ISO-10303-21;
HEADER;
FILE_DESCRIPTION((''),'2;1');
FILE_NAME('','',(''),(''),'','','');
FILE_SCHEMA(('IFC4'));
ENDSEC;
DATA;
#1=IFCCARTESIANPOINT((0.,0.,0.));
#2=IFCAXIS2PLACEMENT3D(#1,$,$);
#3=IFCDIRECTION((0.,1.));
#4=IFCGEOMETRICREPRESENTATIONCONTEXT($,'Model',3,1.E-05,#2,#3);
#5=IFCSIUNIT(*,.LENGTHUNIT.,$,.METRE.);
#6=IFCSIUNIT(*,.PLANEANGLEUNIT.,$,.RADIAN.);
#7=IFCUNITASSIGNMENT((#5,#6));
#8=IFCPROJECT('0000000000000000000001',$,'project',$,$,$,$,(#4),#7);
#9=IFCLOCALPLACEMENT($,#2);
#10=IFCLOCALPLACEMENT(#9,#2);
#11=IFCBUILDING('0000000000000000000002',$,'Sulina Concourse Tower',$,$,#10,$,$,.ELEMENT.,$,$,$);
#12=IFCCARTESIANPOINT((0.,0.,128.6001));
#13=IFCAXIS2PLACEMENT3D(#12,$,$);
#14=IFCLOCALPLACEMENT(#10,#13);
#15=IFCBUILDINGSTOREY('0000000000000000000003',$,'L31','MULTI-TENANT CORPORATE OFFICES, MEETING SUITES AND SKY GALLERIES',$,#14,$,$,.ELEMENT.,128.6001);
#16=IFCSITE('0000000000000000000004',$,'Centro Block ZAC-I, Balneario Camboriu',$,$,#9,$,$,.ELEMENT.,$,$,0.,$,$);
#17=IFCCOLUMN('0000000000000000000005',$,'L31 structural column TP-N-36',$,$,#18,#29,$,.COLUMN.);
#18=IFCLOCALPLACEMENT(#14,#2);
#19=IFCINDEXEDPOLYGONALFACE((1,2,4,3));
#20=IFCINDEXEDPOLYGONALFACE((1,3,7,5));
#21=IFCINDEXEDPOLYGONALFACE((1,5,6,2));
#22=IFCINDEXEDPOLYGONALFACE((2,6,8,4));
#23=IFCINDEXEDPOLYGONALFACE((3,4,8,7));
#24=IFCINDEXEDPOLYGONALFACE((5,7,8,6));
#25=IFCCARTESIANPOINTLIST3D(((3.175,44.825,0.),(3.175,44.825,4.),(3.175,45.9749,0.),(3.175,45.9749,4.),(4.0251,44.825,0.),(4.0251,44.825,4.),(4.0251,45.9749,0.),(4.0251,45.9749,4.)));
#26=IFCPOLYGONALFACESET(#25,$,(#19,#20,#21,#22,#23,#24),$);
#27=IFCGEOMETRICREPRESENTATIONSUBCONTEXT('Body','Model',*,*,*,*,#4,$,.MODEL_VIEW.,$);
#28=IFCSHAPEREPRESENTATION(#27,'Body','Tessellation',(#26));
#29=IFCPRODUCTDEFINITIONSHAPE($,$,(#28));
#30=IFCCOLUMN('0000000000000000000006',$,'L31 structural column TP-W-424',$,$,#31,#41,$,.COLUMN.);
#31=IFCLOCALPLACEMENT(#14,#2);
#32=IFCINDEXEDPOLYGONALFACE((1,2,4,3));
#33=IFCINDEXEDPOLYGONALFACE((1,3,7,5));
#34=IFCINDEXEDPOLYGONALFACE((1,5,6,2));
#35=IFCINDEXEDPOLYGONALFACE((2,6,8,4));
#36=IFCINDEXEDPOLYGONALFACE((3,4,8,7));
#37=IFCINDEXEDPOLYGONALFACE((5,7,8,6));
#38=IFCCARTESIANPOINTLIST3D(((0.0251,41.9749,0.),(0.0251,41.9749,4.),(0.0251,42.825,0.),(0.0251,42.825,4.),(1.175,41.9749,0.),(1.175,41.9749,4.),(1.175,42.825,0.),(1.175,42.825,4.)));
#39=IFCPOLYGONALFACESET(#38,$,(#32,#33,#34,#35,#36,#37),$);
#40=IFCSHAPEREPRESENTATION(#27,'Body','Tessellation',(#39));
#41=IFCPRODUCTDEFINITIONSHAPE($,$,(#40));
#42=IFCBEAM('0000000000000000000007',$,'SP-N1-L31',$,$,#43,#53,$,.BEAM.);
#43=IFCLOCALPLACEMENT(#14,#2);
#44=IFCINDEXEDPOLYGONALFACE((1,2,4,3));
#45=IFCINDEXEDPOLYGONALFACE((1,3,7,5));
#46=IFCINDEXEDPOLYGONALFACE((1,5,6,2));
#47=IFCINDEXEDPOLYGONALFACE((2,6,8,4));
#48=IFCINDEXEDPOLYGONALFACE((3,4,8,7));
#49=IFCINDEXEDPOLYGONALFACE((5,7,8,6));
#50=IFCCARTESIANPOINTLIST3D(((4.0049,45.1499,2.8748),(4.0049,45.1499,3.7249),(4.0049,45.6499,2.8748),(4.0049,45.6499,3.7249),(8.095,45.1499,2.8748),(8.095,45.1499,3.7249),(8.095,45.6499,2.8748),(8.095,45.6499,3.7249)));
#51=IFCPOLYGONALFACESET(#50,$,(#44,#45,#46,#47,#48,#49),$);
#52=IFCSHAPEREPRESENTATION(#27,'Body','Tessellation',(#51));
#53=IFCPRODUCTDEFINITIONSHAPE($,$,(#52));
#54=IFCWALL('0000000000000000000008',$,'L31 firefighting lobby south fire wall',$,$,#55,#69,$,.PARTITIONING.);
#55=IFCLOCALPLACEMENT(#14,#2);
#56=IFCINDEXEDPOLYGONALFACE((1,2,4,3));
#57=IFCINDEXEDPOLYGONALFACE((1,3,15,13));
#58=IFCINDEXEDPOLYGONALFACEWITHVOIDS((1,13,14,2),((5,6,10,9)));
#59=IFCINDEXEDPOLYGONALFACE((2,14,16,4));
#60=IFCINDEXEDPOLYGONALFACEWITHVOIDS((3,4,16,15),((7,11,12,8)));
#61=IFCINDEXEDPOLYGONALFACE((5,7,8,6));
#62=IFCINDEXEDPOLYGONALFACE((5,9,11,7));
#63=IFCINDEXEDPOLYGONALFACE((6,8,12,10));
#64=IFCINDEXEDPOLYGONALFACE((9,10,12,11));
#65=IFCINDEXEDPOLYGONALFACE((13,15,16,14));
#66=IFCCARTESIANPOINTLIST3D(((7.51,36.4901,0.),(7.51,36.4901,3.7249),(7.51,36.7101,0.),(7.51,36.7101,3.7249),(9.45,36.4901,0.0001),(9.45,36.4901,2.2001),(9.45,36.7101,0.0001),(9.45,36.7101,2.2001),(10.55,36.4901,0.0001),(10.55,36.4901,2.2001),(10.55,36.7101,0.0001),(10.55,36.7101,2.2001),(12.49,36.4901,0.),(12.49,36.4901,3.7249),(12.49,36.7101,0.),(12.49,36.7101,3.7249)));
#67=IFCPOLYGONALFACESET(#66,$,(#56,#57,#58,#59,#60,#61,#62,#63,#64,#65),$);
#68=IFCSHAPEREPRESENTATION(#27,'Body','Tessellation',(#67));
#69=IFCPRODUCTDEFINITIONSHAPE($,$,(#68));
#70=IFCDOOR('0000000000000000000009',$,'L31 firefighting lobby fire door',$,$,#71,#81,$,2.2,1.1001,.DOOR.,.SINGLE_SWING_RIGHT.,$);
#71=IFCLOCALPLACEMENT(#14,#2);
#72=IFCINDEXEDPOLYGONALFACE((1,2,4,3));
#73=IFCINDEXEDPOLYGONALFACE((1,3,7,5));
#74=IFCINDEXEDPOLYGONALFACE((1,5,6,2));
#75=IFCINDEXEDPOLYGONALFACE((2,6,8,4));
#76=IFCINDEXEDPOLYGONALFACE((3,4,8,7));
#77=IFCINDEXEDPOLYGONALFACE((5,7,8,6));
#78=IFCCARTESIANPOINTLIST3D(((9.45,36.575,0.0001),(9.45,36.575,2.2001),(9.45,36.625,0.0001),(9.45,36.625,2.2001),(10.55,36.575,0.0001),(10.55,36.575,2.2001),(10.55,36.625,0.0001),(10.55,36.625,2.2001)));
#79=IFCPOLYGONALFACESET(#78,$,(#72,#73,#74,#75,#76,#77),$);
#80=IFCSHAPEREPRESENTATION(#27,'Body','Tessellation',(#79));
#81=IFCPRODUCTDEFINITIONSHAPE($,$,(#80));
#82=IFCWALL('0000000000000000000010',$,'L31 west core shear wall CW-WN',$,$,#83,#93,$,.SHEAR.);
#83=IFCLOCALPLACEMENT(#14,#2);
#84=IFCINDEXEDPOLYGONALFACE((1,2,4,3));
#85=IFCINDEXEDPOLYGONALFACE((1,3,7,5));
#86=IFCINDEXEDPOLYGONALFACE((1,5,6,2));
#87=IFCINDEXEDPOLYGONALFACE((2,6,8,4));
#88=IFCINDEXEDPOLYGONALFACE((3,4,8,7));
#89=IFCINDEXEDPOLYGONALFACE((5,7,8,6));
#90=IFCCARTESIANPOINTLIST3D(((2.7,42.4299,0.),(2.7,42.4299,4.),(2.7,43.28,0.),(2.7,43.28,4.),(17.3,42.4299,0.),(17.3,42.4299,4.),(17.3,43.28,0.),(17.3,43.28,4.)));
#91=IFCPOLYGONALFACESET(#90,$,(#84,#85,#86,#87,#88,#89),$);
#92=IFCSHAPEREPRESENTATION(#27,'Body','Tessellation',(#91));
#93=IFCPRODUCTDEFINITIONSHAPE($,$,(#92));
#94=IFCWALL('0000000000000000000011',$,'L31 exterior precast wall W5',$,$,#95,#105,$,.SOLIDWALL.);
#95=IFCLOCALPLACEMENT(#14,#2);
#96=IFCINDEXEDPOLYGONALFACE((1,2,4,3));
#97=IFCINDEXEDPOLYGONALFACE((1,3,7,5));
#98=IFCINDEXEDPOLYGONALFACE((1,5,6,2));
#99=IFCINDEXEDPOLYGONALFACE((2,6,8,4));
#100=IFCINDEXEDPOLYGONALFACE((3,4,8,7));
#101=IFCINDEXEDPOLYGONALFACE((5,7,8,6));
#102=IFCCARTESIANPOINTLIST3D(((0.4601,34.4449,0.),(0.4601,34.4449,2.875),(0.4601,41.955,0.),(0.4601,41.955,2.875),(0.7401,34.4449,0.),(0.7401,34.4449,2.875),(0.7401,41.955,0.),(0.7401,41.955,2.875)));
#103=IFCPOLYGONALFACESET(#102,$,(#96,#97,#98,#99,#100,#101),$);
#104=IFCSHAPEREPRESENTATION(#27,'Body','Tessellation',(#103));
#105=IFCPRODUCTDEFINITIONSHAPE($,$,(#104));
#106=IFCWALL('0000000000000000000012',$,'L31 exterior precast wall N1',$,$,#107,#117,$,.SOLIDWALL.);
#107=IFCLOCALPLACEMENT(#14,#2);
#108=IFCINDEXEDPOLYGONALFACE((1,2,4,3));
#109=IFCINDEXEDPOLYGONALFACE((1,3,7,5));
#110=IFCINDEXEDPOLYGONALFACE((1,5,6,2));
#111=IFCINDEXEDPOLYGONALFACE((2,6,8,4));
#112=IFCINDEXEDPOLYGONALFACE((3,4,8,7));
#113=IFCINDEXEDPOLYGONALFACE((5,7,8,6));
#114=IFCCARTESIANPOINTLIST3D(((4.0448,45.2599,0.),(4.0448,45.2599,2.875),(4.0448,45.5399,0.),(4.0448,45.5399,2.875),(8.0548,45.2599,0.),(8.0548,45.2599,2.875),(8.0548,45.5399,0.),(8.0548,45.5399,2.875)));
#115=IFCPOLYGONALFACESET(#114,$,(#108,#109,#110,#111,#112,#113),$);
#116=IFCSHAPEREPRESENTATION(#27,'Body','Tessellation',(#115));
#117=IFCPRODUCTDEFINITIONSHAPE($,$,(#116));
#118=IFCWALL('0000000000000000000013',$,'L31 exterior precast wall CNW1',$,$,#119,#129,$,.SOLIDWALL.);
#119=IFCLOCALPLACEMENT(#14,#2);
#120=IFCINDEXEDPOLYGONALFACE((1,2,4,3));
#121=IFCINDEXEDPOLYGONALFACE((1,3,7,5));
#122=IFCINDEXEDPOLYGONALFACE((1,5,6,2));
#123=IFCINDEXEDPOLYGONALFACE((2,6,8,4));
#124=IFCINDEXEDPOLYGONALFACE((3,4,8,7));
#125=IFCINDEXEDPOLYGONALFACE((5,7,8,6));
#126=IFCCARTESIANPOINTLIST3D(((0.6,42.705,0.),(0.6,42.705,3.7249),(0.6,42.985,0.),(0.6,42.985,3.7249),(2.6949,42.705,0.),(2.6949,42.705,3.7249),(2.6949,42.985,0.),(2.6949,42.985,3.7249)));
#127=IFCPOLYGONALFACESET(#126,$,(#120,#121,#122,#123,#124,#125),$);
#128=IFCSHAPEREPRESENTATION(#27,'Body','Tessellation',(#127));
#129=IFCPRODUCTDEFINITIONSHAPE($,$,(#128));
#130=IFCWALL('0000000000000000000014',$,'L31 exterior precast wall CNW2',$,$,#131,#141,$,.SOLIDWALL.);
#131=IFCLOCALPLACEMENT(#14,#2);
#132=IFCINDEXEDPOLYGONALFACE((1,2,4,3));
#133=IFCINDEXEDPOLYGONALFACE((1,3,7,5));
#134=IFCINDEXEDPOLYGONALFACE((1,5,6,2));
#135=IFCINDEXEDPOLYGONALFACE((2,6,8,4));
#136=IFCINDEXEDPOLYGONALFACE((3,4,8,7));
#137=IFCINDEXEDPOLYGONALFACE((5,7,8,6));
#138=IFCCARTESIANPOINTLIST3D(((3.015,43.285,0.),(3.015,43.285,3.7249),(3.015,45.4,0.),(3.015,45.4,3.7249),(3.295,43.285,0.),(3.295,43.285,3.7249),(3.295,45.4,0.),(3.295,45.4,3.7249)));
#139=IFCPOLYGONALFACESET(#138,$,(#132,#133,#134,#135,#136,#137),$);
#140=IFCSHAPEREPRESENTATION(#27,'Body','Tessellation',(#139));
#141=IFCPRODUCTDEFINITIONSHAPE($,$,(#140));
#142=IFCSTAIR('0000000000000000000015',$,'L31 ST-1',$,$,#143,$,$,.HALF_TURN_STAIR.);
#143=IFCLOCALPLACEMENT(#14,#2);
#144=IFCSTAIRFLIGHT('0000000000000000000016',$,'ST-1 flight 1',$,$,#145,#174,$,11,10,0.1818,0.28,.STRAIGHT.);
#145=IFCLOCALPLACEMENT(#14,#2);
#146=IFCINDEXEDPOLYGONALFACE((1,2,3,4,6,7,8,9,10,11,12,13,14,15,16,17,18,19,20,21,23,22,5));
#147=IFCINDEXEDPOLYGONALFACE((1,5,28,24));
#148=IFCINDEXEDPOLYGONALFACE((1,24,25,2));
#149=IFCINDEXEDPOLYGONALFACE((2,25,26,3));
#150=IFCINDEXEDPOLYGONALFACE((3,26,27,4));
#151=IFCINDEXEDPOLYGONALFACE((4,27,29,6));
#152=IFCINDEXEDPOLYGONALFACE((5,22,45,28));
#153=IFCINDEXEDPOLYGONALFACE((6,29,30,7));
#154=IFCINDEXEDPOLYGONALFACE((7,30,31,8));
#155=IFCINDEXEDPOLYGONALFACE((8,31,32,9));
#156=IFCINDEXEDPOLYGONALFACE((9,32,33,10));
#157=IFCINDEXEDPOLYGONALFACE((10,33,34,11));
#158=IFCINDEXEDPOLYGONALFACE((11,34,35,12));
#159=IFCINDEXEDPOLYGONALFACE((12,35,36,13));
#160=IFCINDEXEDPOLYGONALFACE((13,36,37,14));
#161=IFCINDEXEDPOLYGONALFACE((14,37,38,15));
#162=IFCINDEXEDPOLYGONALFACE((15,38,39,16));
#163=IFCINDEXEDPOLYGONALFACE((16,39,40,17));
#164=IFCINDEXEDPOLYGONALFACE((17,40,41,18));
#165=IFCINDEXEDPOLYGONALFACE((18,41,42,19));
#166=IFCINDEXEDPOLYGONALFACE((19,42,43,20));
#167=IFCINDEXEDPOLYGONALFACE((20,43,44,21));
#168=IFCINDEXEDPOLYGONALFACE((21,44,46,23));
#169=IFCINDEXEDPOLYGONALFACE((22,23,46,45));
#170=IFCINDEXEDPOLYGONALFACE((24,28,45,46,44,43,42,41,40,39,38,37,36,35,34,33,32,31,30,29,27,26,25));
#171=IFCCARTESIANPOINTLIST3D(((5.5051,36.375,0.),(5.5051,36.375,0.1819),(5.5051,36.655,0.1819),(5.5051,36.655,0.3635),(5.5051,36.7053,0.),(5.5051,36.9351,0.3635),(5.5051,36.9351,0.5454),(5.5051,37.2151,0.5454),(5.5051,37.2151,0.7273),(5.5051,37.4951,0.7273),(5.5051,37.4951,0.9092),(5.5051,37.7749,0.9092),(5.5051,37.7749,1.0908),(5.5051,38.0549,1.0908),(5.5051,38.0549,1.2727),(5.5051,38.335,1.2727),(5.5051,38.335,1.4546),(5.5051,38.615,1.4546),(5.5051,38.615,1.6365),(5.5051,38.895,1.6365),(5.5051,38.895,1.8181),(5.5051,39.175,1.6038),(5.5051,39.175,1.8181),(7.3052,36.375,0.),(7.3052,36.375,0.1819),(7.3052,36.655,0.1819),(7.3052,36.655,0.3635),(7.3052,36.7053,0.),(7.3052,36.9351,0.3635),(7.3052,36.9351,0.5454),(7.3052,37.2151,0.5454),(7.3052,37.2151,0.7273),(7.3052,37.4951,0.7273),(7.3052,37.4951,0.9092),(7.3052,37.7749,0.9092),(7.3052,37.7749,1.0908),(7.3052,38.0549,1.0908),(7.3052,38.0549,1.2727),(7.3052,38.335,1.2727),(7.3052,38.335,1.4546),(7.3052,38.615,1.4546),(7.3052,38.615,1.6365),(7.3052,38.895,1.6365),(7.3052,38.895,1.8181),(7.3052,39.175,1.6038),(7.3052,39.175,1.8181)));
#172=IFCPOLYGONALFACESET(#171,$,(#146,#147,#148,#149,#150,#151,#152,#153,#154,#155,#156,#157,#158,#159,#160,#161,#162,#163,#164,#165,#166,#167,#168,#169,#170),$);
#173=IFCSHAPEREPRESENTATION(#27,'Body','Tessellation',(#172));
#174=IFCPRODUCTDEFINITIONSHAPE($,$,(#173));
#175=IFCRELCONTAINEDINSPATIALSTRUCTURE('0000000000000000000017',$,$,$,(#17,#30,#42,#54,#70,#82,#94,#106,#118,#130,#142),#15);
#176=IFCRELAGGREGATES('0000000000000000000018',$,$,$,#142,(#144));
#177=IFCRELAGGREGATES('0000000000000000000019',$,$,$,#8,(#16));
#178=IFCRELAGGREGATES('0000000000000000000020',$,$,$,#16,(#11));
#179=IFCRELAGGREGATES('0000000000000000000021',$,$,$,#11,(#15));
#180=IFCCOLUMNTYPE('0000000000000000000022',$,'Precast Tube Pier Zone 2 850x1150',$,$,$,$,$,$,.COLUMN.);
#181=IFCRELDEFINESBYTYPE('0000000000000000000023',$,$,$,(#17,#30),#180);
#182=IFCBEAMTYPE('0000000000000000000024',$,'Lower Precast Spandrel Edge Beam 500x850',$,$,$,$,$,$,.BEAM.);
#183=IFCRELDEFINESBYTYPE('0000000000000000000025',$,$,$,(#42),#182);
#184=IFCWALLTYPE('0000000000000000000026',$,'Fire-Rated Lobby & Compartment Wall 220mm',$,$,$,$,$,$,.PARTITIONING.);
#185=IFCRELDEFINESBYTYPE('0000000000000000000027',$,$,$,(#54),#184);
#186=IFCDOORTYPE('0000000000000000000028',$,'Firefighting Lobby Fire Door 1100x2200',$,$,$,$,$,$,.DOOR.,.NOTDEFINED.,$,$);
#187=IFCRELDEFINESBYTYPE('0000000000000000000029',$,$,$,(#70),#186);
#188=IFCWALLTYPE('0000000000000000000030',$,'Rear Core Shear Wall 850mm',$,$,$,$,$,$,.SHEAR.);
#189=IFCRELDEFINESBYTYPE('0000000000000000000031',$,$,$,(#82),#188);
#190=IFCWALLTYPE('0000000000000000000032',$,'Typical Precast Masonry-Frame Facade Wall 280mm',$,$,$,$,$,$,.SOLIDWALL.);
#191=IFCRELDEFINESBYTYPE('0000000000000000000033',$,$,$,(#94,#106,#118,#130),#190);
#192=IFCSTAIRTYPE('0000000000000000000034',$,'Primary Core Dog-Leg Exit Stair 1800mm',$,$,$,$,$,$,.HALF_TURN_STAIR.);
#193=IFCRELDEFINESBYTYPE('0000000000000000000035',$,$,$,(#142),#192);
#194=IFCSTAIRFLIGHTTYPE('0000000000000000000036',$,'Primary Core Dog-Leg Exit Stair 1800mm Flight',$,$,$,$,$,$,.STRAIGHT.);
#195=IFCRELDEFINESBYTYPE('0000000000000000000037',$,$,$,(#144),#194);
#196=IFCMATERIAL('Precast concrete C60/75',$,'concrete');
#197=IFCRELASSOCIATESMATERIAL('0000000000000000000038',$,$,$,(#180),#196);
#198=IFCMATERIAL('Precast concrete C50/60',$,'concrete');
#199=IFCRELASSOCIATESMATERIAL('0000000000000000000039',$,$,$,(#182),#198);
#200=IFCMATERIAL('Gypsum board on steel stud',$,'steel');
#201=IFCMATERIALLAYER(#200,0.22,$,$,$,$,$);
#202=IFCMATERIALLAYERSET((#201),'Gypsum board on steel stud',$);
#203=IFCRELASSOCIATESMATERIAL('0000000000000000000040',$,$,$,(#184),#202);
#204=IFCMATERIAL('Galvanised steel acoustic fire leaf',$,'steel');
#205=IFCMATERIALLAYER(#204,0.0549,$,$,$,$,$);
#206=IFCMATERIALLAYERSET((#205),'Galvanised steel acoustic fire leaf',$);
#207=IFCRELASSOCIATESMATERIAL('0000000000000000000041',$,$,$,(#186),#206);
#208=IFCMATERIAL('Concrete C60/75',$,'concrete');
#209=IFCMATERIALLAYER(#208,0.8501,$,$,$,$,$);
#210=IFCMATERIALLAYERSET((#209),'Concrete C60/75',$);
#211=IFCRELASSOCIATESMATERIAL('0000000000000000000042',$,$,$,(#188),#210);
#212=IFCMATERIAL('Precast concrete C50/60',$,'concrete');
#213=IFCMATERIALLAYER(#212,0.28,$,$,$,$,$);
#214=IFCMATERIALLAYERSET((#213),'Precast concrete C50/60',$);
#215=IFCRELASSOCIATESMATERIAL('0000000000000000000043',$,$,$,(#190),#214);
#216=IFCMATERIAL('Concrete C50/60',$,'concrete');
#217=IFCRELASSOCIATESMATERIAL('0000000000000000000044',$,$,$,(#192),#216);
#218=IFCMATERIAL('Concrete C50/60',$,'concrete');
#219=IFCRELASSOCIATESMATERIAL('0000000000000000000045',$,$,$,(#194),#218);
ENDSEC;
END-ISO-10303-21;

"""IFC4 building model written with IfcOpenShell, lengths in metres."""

from ifc_helpers import new_model, si_unit, direction, frame, frame_2d, origin, origin_2d, place, context, subcontext, project, spatial, polyline, rectangle, outline, extrude, material, layer, layer_set, material_profile, profile_set, type_object, element, fill, aggregate, save


model = new_model("IFC4")

# Units and contexts
model_context = context("Model", 3, precision=1e-05, world=origin(), true_north=direction((0.0, 1.0)))
body_context = subcontext(model_context, "Body", "Model", "MODEL_VIEW")
ifc_project = project(units=[si_unit("LENGTHUNIT", "METRE"), si_unit("PLANEANGLEUNIT", "RADIAN")], contexts=[model_context])

# Site, building, storey
site_placement = place(None, origin())
site = spatial("IfcSite", under=ifc_project, at=site_placement, Name="Centro Block ZAC-I, Balneario Camboriu", CompositionType="ELEMENT", RefElevation=0.0)
building_placement = place(site_placement, origin())
building = spatial("IfcBuilding", under=site, at=building_placement, Name="Sulina Concourse Tower", CompositionType="ELEMENT")
storey_placement = place(building_placement, frame((0.0, 0.0, 128.6001)))
storey = spatial("IfcBuildingStorey", under=building, at=storey_placement, Name="L31", Description="MULTI-TENANT CORPORATE OFFICES, MEETING SUITES AND SKY GALLERIES", CompositionType="ELEMENT", Elevation=128.6001)

# Columns
ifc_material_1 = material(Name="Precast concrete C60/75", Category="concrete")
ifc_material_profile_1 = material_profile(ifc_material_1, rectangle(XDim=0.8501, YDim=1.1499, at=origin_2d()), Name="PC 850x1150")
ifc_profile_set_1 = profile_set([ifc_material_profile_1], Name="Precast concrete C60/75")
column_type = type_object("IfcColumnType", Name="Precast Tube Pier Zone 2 850x1150", PredefinedType="COLUMN", material=ifc_profile_set_1)
for number, where, z_axis, x_axis, name in (
    (1, (3.6001, 45.3999, 0.0), (0.0, 0.0, 1.0), (1.0, 0.0, 0.0), "L31 structural column TP-N-36"),
    (2, (0.6001, 42.3999, 0.0), (0.0, 0.0, 1.0), (0.0, 1.0, 0.0), "L31 structural column TP-W-424"),
):
    element("IfcColumn", number, at=place(storey_placement, frame(where, z_axis=z_axis, x_axis=x_axis)), inside=storey, type_object=column_type, Name=name, PredefinedType="COLUMN", context=body_context, shape_type="SweptSolid", body=[
        extrude(rectangle(XDim=0.8501, YDim=1.1499, at=origin_2d()), origin(), (0.0, 0.0, 1.0), 4.0),
    ])

# Beam
ifc_material_2 = material(Name="Precast concrete C50/60", Category="concrete")
ifc_material_profile_2 = material_profile(ifc_material_2, rectangle(XDim=0.5, YDim=0.8501, at=origin_2d()), Name="RC 500x850")
ifc_profile_set_2 = profile_set([ifc_material_profile_2], Name="Precast concrete C50/60")
beam_type = type_object("IfcBeamType", Name="Lower Precast Spandrel Edge Beam 500x850", PredefinedType="BEAM", material=ifc_profile_set_2)
beam_placement = place(storey_placement, frame((4.0049, 45.3999, 3.2998), z_axis=(1.0, 0.0, 0.0), x_axis=(0.0, 1.0, 0.0)))
element("IfcBeam", 3, at=beam_placement, inside=storey, type_object=beam_type, Name="SP-N1-L31", PredefinedType="BEAM", context=body_context, shape_type="SweptSolid", body=[
    extrude(rectangle(XDim=0.5, YDim=0.8501, at=origin_2d()), origin(), (0.0, 0.0, 1.0), 4.0901),
])

# Wall, opening, door
ifc_material_3 = material(Name="Gypsum board on steel stud", Category="steel")
ifc_layer_1 = layer(ifc_material_3, 0.22)
ifc_layer_set_1 = layer_set([ifc_layer_1], Name="Gypsum board on steel stud")
wall_type_1 = type_object("IfcWallType", Name="Fire-Rated Lobby & Compartment Wall 220mm", PredefinedType="PARTITIONING", material=ifc_layer_set_1)
wall_1_placement = place(storey_placement, frame((7.51, 36.6001, 0.0), z_axis=(0.0, 0.0, 1.0), x_axis=(1.0, 0.0, 0.0)))
wall_1 = element("IfcWall", 4, at=wall_1_placement, inside=storey, type_object=wall_type_1, Name="L31 firefighting lobby south fire wall", PredefinedType="PARTITIONING", context=body_context, shape_type="SweptSolid", body=[
    extrude(rectangle(XDim=4.98, YDim=0.22, at=frame_2d((2.49, 0.0))), origin(), (0.0, 0.0, 1.0), 3.7249),
])
opening_placement = place(wall_1_placement, frame((1.9399, 0.0, 0.0)))
opening = element("IfcOpeningElement", 5, at=opening_placement, cuts=wall_1, PredefinedType="OPENING", context=body_context, shape_type="SweptSolid", body=[
    extrude(rectangle(XDim=1.1001, YDim=2.2, at=frame_2d((0.55, 1.1001))), frame((0.0, 0.1199, 0.0), z_axis=(0.0, -1.0, 0.0), x_axis=(1.0, 0.0, 0.0)), (0.0, 0.0, 1.0), 0.24),
])
ifc_material_4 = material(Name="Galvanised steel acoustic fire leaf", Category="steel")
ifc_layer_2 = layer(ifc_material_4, 0.0549)
ifc_layer_set_2 = layer_set([ifc_layer_2], Name="Galvanised steel acoustic fire leaf")
door_type = type_object("IfcDoorType", Name="Firefighting Lobby Fire Door 1100x2200", OperationType="NOTDEFINED", PredefinedType="DOOR", material=ifc_layer_set_2)
door_placement = place(opening_placement, origin())
door = element("IfcDoor", 6, at=door_placement, inside=storey, type_object=door_type, Name="L31 firefighting lobby fire door", OperationType="SINGLE_SWING_RIGHT", OverallHeight=2.2, OverallWidth=1.1001, PredefinedType="DOOR", context=body_context, shape_type="SweptSolid", body=[
    extrude(rectangle(XDim=1.1001, YDim=2.2, at=frame_2d((0.55, 1.1001))), frame((0.0, 0.0249, 0.0), z_axis=(0.0, -1.0, 0.0), x_axis=(1.0, 0.0, 0.0)), (0.0, 0.0, 1.0), 0.05),
])
fill(opening, door)

# Walls
ifc_material_5 = material(Name="Concrete C60/75", Category="concrete")
ifc_layer_3 = layer(ifc_material_5, 0.8501)
ifc_layer_set_3 = layer_set([ifc_layer_3], Name="Concrete C60/75")
wall_type_2 = type_object("IfcWallType", Name="Rear Core Shear Wall 850mm", PredefinedType="SHEAR", material=ifc_layer_set_3)
wall_2_placement = place(storey_placement, frame((2.7, 42.855, 0.0), z_axis=(0.0, 0.0, 1.0), x_axis=(1.0, 0.0, 0.0)))
element("IfcWall", 7, at=wall_2_placement, inside=storey, type_object=wall_type_2, Name="L31 west core shear wall CW-WN", PredefinedType="SHEAR", context=body_context, shape_type="SweptSolid", body=[
    extrude(rectangle(XDim=14.6001, YDim=0.8501, at=frame_2d((7.3, 0.0))), origin(), (0.0, 0.0, 1.0), 4.0),
])
ifc_material_6 = material(Name="Precast concrete C50/60", Category="concrete")
ifc_layer_4 = layer(ifc_material_6, 0.28)
ifc_layer_set_4 = layer_set([ifc_layer_4], Name="Precast concrete C50/60")
wall_type_3 = type_object("IfcWallType", Name="Typical Precast Masonry-Frame Facade Wall 280mm", PredefinedType="SOLIDWALL", material=ifc_layer_set_4)
wall_3_placement = place(storey_placement, frame((0.6001, 34.4451, 0.0), z_axis=(0.0, 0.0, 1.0), x_axis=(0.0, 1.0, 0.0)))
element("IfcWall", 8, at=wall_3_placement, inside=storey, type_object=wall_type_3, Name="L31 exterior precast wall W5", PredefinedType="SOLIDWALL", context=body_context, shape_type="SweptSolid", body=[
    extrude(rectangle(XDim=7.51, YDim=0.28, at=frame_2d((3.7549, 0.0))), origin(), (0.0, 0.0, 1.0), 2.875),
])
wall_4_placement = place(storey_placement, frame((4.0449, 45.3999, 0.0), z_axis=(0.0, 0.0, 1.0), x_axis=(1.0, 0.0, 0.0)))
element("IfcWall", 9, at=wall_4_placement, inside=storey, type_object=wall_type_3, Name="L31 exterior precast wall N1", PredefinedType="SOLIDWALL", context=body_context, shape_type="SweptSolid", body=[
    extrude(rectangle(XDim=4.01, YDim=0.28, at=frame_2d((2.0049, 0.0))), origin(), (0.0, 0.0, 1.0), 2.875),
])
wall_5_placement = place(storey_placement, frame((0.6001, 42.845, 0.0), z_axis=(0.0, 0.0, 1.0), x_axis=(1.0, 0.0, 0.0)))
element("IfcWall", 10, at=wall_5_placement, inside=storey, type_object=wall_type_3, Name="L31 exterior precast wall CNW1", PredefinedType="SOLIDWALL", context=body_context, shape_type="SweptSolid", body=[
    extrude(rectangle(XDim=2.095, YDim=0.28, at=frame_2d((1.0474, 0.0))), origin(), (0.0, 0.0, 1.0), 3.7249),
])
wall_6_placement = place(storey_placement, frame((3.155, 43.2849, 0.0), z_axis=(0.0, 0.0, 1.0), x_axis=(0.0, 1.0, 0.0)))
element("IfcWall", 11, at=wall_6_placement, inside=storey, type_object=wall_type_3, Name="L31 exterior precast wall CNW2", PredefinedType="SOLIDWALL", context=body_context, shape_type="SweptSolid", body=[
    extrude(rectangle(XDim=2.115, YDim=0.28, at=frame_2d((1.0576, 0.0))), origin(), (0.0, 0.0, 1.0), 3.7249),
])

# Stair, stair flight
ifc_material_7 = material(Name="Concrete C50/60", Category="concrete")
stair_type = type_object("IfcStairType", Name="Primary Core Dog-Leg Exit Stair 1800mm", PredefinedType="HALF_TURN_STAIR", material=ifc_material_7)
stair_placement = place(storey_placement, origin())
stair = element("IfcStair", 12, at=stair_placement, inside=storey, type_object=stair_type, Name="L31 ST-1", PredefinedType="HALF_TURN_STAIR")
ifc_material_8 = material(Name="Concrete C50/60", Category="concrete")
stair_flight_type = type_object("IfcStairFlightType", Name="Primary Core Dog-Leg Exit Stair 1800mm Flight", PredefinedType="STRAIGHT", material=ifc_material_8)
stair_flight_1_placement = place(storey_placement, frame((6.405, 36.375, 0.0), z_axis=(0.0, 0.0, 1.0), x_axis=(0.0, 1.0, 0.0)))
stair_flight_1 = element("IfcStairFlight", 13, at=stair_flight_1_placement, type_object=stair_flight_type, Name="ST-1 flight 1", NumberOfRisers=11, NumberOfTreads=10, PredefinedType="STRAIGHT", RiserHeight=0.1818, TreadLength=0.28, context=body_context, shape_type="SweptSolid", body=[
    extrude(outline(polyline([(0.0, 0.0), (0.0, 0.1819), (0.28, 0.1819), (0.28, 0.3635), (0.5601, 0.3635), (0.5601, 0.5454), (0.8401, 0.5454), (0.8401, 0.7273), (1.1201, 0.7273), (1.1201, 0.9092), (1.3999, 0.9092), (1.3999, 1.0908), (1.6799, 1.0908), (1.6799, 1.2727), (1.96, 1.2727), (1.96, 1.4546), (2.24, 1.4546), (2.24, 1.6365), (2.52, 1.6365), (2.52, 1.8181), (2.8, 1.8181), (2.8, 2.0), (2.8, 1.6038), (0.3303, 0.0), (0.0, 0.0)])), frame((0.0, 0.8999, 0.0), z_axis=(0.0, -1.0, 0.0), x_axis=(1.0, 0.0, 0.0)), (0.0, 0.0, 1.0), 1.8),
])
aggregate(stair, [stair_flight_1])

save(model, "model.ifc")
